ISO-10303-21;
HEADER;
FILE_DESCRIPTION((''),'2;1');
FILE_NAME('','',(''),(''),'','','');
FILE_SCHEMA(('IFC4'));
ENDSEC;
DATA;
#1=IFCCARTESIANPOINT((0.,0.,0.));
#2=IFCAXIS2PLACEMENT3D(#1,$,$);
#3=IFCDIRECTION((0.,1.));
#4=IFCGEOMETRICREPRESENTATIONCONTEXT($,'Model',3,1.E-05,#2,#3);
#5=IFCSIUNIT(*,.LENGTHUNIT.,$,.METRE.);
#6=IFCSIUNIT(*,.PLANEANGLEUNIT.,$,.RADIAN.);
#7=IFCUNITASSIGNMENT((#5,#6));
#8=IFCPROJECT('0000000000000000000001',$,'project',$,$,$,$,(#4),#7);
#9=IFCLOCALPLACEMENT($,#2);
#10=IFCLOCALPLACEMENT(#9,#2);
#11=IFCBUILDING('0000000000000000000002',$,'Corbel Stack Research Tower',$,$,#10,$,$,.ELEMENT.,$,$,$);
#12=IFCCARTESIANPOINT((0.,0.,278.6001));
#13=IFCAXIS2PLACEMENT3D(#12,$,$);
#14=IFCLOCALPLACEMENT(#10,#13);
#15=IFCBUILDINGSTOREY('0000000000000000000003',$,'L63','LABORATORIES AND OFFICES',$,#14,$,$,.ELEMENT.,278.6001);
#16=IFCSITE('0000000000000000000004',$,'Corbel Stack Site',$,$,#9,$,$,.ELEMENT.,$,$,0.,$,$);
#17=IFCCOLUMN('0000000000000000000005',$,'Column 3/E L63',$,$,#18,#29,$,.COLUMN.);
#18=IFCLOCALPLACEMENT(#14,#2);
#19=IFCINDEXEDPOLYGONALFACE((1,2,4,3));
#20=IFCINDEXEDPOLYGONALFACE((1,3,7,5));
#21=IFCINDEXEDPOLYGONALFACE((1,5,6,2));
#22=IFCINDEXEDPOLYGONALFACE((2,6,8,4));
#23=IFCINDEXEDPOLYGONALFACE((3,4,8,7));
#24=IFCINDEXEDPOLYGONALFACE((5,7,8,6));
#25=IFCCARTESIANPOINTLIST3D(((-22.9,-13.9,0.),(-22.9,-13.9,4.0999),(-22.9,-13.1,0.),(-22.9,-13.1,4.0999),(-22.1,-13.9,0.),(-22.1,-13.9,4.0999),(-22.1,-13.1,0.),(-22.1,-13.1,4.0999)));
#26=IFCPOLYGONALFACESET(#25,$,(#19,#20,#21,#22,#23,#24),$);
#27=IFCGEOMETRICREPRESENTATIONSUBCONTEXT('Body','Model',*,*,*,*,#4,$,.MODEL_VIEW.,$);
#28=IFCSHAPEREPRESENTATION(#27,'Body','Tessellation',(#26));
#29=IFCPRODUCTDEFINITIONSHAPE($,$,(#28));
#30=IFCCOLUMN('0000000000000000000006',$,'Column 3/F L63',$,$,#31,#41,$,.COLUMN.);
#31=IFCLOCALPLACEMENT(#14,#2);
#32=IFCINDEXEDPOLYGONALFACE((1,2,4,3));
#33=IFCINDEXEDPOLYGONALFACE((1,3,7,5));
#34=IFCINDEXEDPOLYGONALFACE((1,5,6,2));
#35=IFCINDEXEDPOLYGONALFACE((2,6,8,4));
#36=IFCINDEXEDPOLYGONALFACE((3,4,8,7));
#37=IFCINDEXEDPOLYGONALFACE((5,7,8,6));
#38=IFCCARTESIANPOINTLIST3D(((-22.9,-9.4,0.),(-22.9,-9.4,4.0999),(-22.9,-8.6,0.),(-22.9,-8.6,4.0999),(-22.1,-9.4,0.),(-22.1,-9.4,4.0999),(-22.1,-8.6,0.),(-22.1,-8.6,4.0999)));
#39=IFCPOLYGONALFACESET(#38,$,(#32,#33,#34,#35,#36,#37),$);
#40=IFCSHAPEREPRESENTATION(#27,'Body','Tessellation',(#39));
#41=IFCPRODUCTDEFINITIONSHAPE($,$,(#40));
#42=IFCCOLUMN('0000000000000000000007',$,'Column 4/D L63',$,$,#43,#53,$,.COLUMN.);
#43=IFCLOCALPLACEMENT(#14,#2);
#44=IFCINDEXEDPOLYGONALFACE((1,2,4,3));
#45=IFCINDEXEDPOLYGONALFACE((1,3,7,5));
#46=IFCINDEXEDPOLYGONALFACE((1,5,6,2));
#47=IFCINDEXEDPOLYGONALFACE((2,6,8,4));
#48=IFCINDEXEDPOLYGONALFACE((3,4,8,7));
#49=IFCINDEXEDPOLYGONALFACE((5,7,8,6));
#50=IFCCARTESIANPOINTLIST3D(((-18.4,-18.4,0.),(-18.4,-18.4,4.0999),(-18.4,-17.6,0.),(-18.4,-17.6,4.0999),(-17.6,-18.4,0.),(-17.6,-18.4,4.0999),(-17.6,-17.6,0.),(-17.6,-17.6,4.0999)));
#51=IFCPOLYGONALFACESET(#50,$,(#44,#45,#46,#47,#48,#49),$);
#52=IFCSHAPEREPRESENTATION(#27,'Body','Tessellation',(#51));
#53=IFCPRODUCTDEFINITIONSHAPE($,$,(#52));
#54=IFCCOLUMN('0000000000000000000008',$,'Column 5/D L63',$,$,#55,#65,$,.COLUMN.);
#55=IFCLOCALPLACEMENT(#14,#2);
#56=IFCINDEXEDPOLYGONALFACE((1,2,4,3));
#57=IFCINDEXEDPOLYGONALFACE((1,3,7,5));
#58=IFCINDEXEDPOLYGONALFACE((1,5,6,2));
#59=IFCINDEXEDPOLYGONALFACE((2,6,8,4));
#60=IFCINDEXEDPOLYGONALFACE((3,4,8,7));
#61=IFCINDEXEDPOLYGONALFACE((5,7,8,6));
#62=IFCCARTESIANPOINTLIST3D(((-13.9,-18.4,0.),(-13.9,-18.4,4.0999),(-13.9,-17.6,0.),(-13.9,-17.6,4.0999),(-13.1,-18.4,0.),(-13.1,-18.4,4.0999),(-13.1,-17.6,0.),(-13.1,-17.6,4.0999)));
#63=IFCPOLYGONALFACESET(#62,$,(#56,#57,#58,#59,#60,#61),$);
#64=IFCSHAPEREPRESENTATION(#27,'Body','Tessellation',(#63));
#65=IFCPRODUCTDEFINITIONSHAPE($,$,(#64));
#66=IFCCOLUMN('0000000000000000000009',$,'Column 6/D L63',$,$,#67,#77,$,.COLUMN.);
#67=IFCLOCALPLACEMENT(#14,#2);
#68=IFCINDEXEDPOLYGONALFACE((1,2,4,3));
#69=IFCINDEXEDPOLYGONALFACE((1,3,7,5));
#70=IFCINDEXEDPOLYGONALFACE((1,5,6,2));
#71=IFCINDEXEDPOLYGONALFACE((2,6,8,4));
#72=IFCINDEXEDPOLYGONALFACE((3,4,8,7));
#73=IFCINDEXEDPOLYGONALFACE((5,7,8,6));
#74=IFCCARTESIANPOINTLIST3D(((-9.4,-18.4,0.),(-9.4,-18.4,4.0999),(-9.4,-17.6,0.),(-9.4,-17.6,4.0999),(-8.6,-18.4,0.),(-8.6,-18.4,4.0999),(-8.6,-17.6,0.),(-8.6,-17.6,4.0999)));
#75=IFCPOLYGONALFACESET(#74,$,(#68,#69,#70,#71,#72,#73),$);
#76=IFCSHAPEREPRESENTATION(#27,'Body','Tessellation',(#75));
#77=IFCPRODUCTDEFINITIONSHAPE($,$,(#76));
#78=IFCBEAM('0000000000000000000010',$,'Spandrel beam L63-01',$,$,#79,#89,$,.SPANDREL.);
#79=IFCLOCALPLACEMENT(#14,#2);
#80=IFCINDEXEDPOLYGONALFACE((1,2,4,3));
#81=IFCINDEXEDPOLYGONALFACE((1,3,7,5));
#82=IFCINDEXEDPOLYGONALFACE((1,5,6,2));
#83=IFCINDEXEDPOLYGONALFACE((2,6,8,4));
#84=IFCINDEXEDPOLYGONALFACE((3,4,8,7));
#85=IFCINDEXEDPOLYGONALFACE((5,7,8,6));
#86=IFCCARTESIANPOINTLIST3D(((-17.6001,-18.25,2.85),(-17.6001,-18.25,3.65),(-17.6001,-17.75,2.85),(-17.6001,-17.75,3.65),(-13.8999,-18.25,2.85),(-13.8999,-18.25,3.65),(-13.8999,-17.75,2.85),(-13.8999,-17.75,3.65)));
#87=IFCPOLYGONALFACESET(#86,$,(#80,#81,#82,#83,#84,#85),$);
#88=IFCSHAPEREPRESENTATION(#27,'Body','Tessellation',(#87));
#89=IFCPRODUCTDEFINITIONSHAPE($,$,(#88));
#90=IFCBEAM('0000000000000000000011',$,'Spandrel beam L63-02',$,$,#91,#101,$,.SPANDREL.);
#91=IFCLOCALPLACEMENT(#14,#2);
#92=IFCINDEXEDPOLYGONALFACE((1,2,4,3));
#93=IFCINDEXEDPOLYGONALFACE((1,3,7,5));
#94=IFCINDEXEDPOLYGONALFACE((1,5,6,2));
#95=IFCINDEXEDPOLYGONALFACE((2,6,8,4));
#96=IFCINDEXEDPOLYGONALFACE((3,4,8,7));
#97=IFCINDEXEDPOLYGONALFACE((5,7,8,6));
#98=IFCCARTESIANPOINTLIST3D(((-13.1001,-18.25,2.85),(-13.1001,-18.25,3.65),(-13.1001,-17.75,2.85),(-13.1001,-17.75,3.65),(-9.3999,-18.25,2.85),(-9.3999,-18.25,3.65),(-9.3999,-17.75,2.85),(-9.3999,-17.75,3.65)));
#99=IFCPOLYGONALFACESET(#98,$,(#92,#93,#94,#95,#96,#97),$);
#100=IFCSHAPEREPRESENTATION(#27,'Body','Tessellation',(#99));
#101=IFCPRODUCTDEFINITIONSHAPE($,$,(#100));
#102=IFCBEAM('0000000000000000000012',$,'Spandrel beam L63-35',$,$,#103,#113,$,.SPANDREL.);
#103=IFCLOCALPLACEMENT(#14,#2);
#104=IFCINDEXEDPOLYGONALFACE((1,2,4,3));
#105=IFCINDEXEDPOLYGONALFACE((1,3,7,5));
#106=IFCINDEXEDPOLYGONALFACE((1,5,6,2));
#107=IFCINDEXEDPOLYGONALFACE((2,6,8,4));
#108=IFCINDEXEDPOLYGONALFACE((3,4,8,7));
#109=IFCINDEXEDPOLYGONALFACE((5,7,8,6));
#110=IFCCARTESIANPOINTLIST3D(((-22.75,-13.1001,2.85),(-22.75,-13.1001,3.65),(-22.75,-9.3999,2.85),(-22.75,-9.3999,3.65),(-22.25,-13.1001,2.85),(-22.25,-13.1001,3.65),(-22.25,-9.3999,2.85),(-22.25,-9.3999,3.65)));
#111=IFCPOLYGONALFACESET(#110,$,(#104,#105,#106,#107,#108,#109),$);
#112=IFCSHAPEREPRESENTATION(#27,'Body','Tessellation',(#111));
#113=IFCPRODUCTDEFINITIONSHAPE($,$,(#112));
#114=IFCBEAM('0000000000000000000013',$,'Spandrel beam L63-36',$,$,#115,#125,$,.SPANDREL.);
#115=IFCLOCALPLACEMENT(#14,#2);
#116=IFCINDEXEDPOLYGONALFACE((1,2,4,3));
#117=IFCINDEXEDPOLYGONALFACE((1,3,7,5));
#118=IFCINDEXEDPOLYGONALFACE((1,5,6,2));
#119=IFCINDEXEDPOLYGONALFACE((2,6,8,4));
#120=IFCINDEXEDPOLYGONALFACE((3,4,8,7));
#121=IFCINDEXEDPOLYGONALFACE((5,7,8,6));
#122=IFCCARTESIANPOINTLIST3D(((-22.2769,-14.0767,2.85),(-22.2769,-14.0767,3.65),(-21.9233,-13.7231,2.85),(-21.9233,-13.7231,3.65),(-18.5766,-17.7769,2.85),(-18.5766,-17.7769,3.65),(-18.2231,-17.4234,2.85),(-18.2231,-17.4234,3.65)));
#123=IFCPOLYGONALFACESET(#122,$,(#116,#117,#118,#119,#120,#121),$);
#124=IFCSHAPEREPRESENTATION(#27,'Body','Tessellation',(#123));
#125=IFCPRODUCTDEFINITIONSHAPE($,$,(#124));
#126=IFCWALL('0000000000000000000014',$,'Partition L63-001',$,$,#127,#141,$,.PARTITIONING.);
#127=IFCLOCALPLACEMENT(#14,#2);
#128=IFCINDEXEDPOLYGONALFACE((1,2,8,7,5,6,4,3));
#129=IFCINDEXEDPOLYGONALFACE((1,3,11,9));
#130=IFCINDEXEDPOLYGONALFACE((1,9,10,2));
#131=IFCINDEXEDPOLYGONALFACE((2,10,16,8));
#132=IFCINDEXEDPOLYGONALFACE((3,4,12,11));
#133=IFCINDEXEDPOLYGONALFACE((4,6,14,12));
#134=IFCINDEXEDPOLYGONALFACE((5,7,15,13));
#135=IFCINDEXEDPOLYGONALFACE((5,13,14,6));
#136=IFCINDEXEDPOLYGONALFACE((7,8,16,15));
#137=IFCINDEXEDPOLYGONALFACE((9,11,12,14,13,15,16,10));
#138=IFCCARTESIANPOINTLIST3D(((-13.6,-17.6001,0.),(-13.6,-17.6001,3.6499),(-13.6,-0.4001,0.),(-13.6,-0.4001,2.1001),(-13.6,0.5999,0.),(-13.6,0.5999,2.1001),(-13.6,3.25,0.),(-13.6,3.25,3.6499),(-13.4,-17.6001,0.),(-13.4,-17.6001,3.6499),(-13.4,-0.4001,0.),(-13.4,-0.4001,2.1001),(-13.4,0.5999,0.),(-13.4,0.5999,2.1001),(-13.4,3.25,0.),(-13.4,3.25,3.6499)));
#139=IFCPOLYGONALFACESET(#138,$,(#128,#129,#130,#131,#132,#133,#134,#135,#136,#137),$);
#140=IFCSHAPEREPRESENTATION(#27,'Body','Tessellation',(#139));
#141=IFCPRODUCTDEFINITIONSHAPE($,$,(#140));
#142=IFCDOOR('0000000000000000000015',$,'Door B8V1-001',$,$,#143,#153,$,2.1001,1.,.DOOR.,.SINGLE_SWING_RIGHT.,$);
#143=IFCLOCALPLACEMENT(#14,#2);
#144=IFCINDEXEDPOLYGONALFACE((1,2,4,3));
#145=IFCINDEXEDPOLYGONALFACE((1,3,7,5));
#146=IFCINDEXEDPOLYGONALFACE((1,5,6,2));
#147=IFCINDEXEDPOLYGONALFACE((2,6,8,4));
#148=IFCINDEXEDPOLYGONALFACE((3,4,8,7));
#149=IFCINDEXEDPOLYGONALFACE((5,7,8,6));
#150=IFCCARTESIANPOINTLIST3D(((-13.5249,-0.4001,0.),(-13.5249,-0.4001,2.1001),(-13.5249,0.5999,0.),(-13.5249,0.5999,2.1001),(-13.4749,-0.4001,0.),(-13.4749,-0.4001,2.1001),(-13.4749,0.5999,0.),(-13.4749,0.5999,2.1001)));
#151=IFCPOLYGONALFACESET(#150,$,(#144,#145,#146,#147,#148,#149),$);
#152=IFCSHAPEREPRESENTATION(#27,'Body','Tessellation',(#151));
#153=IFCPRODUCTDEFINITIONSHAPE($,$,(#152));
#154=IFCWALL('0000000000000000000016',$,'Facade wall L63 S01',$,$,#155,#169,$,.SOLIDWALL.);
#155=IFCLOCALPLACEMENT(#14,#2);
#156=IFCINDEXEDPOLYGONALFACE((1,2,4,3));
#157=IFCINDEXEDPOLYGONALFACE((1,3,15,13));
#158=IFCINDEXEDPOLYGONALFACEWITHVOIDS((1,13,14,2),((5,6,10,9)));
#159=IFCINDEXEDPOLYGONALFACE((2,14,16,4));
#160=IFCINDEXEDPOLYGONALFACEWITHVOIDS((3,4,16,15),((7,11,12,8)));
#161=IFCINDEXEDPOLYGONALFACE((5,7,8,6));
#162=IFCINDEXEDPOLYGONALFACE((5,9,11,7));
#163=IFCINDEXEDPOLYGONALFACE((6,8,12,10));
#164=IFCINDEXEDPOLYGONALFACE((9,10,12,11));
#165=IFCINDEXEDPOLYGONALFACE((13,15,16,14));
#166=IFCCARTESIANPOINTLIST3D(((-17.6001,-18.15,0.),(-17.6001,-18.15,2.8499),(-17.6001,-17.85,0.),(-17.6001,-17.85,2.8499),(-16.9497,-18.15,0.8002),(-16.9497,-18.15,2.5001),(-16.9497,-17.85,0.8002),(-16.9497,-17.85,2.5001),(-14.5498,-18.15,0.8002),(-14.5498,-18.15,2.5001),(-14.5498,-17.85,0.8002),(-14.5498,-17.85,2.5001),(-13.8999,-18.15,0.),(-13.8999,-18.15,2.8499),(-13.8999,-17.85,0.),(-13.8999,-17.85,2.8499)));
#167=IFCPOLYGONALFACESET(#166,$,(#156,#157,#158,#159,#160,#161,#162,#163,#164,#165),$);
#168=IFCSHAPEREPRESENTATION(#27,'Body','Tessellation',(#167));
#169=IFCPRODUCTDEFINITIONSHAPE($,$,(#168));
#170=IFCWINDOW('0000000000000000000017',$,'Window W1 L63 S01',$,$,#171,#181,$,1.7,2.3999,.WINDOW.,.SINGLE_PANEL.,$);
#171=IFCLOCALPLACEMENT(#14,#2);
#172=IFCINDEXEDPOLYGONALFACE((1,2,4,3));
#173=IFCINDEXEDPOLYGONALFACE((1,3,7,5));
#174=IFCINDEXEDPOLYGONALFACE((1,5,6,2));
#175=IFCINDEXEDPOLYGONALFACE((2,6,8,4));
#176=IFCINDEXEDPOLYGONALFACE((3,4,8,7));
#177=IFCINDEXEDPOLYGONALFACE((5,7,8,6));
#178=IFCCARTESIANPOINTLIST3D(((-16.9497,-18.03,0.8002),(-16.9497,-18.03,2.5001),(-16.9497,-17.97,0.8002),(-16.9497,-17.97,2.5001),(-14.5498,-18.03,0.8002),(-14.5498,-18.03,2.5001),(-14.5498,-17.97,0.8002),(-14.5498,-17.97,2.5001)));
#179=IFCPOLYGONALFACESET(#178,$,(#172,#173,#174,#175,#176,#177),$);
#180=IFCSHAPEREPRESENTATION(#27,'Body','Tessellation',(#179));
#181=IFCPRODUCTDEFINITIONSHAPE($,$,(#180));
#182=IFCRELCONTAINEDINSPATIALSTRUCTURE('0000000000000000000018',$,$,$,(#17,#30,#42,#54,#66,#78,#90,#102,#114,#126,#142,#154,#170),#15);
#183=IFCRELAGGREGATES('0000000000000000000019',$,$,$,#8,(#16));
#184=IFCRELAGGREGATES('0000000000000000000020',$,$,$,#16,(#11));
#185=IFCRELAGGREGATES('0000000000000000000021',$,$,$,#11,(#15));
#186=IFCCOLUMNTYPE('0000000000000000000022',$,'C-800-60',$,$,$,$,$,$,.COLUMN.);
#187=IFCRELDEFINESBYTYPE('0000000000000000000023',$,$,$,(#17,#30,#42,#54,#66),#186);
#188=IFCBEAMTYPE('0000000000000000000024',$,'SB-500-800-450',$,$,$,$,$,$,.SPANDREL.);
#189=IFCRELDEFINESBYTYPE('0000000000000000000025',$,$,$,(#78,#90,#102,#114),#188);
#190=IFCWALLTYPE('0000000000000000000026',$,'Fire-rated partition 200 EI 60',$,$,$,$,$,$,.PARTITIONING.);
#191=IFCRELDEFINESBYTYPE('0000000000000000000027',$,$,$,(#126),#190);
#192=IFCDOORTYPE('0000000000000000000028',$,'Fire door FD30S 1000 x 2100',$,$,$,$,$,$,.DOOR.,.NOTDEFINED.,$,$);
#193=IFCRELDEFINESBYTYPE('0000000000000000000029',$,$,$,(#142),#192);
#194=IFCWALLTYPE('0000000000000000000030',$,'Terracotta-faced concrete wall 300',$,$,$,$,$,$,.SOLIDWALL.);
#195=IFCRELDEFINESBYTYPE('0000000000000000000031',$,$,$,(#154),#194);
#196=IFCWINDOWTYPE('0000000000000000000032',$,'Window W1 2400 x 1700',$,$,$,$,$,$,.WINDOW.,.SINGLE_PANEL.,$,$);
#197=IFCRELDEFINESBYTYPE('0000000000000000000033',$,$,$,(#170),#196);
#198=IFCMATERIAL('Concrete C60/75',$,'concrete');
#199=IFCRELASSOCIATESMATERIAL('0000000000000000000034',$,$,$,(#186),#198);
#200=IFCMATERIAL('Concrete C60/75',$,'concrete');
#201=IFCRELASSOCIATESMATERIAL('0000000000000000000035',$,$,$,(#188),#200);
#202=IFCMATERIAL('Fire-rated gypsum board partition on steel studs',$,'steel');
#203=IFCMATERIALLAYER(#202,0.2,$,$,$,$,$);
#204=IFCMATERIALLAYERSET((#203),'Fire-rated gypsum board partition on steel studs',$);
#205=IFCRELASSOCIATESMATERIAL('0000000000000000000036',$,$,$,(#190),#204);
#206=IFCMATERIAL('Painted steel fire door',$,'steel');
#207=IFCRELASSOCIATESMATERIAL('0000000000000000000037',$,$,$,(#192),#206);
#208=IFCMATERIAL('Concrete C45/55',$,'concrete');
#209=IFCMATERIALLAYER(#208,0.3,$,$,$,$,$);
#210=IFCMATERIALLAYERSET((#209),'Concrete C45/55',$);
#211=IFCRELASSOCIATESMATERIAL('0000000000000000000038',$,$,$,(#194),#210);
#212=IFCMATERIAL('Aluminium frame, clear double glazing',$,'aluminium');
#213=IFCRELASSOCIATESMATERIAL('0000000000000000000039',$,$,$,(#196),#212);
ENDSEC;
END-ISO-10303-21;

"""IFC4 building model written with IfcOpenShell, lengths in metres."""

from ifc_helpers import new_model, si_unit, direction, frame, frame_2d, origin, origin_2d, place, context, subcontext, project, spatial, rectangle, extrude, material, layer, layer_set, material_profile, profile_set, type_object, element, fill, save


model = new_model("IFC4")

# Units and contexts
model_context = context("Model", 3, precision=1e-05, world=origin(), true_north=direction((0.0, 1.0)))
body_context = subcontext(model_context, "Body", "Model", "MODEL_VIEW")
ifc_project = project(units=[si_unit("LENGTHUNIT", "METRE"), si_unit("PLANEANGLEUNIT", "RADIAN")], contexts=[model_context])

# Site, building, storey
site_placement = place(None, origin())
site = spatial("IfcSite", under=ifc_project, at=site_placement, Name="Corbel Stack Site", CompositionType="ELEMENT", RefElevation=0.0)
building_placement = place(site_placement, origin())
building = spatial("IfcBuilding", under=site, at=building_placement, Name="Corbel Stack Research Tower", CompositionType="ELEMENT")
storey_placement = place(building_placement, frame((0.0, 0.0, 278.6001)))
storey = spatial("IfcBuildingStorey", under=building, at=storey_placement, Name="L63", Description="LABORATORIES AND OFFICES", CompositionType="ELEMENT", Elevation=278.6001)

# Columns
ifc_material_1 = material(Name="Concrete C60/75", Category="concrete")
ifc_material_profile_1 = material_profile(ifc_material_1, rectangle(XDim=0.8, YDim=0.8, at=origin_2d()), Name="RC 800 x 800")
ifc_profile_set_1 = profile_set([ifc_material_profile_1], Name="Concrete C60/75")
column_type = type_object("IfcColumnType", Name="C-800-60", PredefinedType="COLUMN", material=ifc_profile_set_1)
for number, where, z_axis, x_axis, name in (
    (1, (-22.5, -13.5, 0.0), (0.0, 0.0, 1.0), (1.0, 0.0, 0.0), "Column 3/E L63"),
    (2, (-22.5, -9.0, 0.0), (0.0, 0.0, 1.0), (1.0, 0.0, 0.0), "Column 3/F L63"),
    (3, (-18.0, -18.0, 0.0), (0.0, 0.0, 1.0), (1.0, 0.0, 0.0), "Column 4/D L63"),
    (4, (-13.5, -18.0, 0.0), (0.0, 0.0, 1.0), (1.0, 0.0, 0.0), "Column 5/D L63"),
    (5, (-9.0, -18.0, 0.0), (0.0, 0.0, 1.0), (1.0, 0.0, 0.0), "Column 6/D L63"),
):
    element("IfcColumn", number, at=place(storey_placement, frame(where, z_axis=z_axis, x_axis=x_axis)), inside=storey, type_object=column_type, Name=name, PredefinedType="COLUMN", context=body_context, shape_type="SweptSolid", body=[
        extrude(rectangle(XDim=0.8, YDim=0.8, at=origin_2d()), origin(), (0.0, 0.0, 1.0), 4.0999),
    ])

# Beams
ifc_material_2 = material(Name="Concrete C60/75", Category="concrete")
ifc_material_profile_2 = material_profile(ifc_material_2, rectangle(XDim=0.5, YDim=0.8, at=origin_2d()), Name="RC 500 x 800")
ifc_profile_set_2 = profile_set([ifc_material_profile_2], Name="Concrete C60/75")
beam_type = type_object("IfcBeamType", Name="SB-500-800-450", PredefinedType="SPANDREL", material=ifc_profile_set_2)
for number, where, z_axis, x_axis, name in (
    (6, (-17.6001, -18.0, 3.25), (1.0, 0.0, 0.0), (0.0, 1.0, 0.0), "Spandrel beam L63-01"),
    (7, (-13.1001, -18.0, 3.25), (1.0, 0.0, 0.0), (0.0, 1.0, 0.0), "Spandrel beam L63-02"),
    (8, (-22.5, -9.3999, 3.25), (0.0, -1.0, 0.0), (1.0, 0.0, 0.0), "Spandrel beam L63-35"),
):
    element("IfcBeam", number, at=place(storey_placement, frame(where, z_axis=z_axis, x_axis=x_axis)), inside=storey, type_object=beam_type, Name=name, PredefinedType="SPANDREL", context=body_context, shape_type="SweptSolid", body=[
        extrude(rectangle(XDim=0.5, YDim=0.8, at=origin_2d()), origin(), (0.0, 0.0, 1.0), 3.7002),
    ])
beam_placement = place(storey_placement, frame((-22.1001, -13.8999, 3.25), z_axis=(0.707107, -0.707107, 0.0), x_axis=(0.707107, 0.707107, 0.0)))
element("IfcBeam", 9, at=beam_placement, inside=storey, type_object=beam_type, Name="Spandrel beam L63-36", PredefinedType="SPANDREL", context=body_context, shape_type="SweptSolid", body=[
    extrude(rectangle(XDim=0.5, YDim=0.8, at=origin_2d()), origin(), (0.0, 0.0, 1.0), 5.2329),
])

# Wall, opening, door
ifc_material_3 = material(Name="Fire-rated gypsum board partition on steel studs", Category="steel")
ifc_layer_1 = layer(ifc_material_3, 0.2)
ifc_layer_set_1 = layer_set([ifc_layer_1], Name="Fire-rated gypsum board partition on steel studs")
wall_type_1 = type_object("IfcWallType", Name="Fire-rated partition 200 EI 60", PredefinedType="PARTITIONING", material=ifc_layer_set_1)
wall_1_placement = place(storey_placement, frame((-13.5, -17.6001, 0.0), z_axis=(0.0, 0.0, 1.0), x_axis=(0.0, 1.0, 0.0)))
wall_1 = element("IfcWall", 10, at=wall_1_placement, inside=storey, type_object=wall_type_1, Name="Partition L63-001", PredefinedType="PARTITIONING", context=body_context, shape_type="SweptSolid", body=[
    extrude(rectangle(XDim=20.8501, YDim=0.2, at=frame_2d((10.425, 0.0))), origin(), (0.0, 0.0, 1.0), 3.6499),
])
opening_1_placement = place(wall_1_placement, frame((17.2, 0.0, 0.0)))
opening_1 = element("IfcOpeningElement", 11, at=opening_1_placement, cuts=wall_1, PredefinedType="OPENING", context=body_context, shape_type="SweptSolid", body=[
    extrude(rectangle(XDim=1.0, YDim=2.1001, at=frame_2d((0.5, 1.05))), frame((0.0, 0.1099, 0.0), z_axis=(0.0, -1.0, 0.0), x_axis=(1.0, 0.0, 0.0)), (0.0, 0.0, 1.0), 0.22),
])
ifc_material_4 = material(Name="Painted steel fire door", Category="steel")
door_type_1 = type_object("IfcDoorType", Name="Fire door FD30S 1000 x 2100", OperationType="NOTDEFINED", PredefinedType="DOOR", material=ifc_material_4)
door_1_placement = place(opening_1_placement, origin())
door_1 = element("IfcDoor", 12, at=door_1_placement, inside=storey, type_object=door_type_1, Name="Door B8V1-001", OperationType="SINGLE_SWING_RIGHT", OverallHeight=2.1001, OverallWidth=1.0, PredefinedType="DOOR", context=body_context, shape_type="SweptSolid", body=[
    extrude(rectangle(XDim=1.0, YDim=2.1001, at=frame_2d((0.5, 1.05))), frame((0.0, 0.0249, 0.0), z_axis=(0.0, -1.0, 0.0), x_axis=(1.0, 0.0, 0.0)), (0.0, 0.0, 1.0), 0.05),
])
fill(opening_1, door_1)

# Wall, opening, window
ifc_material_5 = material(Name="Concrete C45/55", Category="concrete")
ifc_layer_2 = layer(ifc_material_5, 0.3)
ifc_layer_set_2 = layer_set([ifc_layer_2], Name="Concrete C45/55")
wall_type_2 = type_object("IfcWallType", Name="Terracotta-faced concrete wall 300", PredefinedType="SOLIDWALL", material=ifc_layer_set_2)
wall_2_placement = place(storey_placement, frame((-13.8999, -18.0, 0.0), z_axis=(0.0, 0.0, 1.0), x_axis=(-1.0, 0.0, 0.0)))
wall_2 = element("IfcWall", 13, at=wall_2_placement, inside=storey, type_object=wall_type_2, Name="Facade wall L63 S01", PredefinedType="SOLIDWALL", context=body_context, shape_type="SweptSolid", body=[
    extrude(rectangle(XDim=3.7002, YDim=0.3, at=frame_2d((1.8501, 0.0))), origin(), (0.0, 0.0, 1.0), 2.8499),
])
opening_2_placement = place(wall_2_placement, frame((0.6499, 0.0, 0.8)))
opening_2 = element("IfcOpeningElement", 14, at=opening_2_placement, cuts=wall_2, PredefinedType="OPENING", context=body_context, shape_type="SweptSolid", body=[
    extrude(rectangle(XDim=2.3999, YDim=1.7, at=frame_2d((1.2, 0.8501))), frame((0.0, 0.1599, 0.0), z_axis=(0.0, -1.0, 0.0), x_axis=(1.0, 0.0, 0.0)), (0.0, 0.0, 1.0), 0.3201),
])
ifc_material_6 = material(Name="Aluminium frame, clear double glazing", Category="aluminium")
window_type = type_object("IfcWindowType", Name="Window W1 2400 x 1700", PartitioningType="SINGLE_PANEL", PredefinedType="WINDOW", material=ifc_material_6)
window_1_placement = place(opening_2_placement, origin())
window_1 = element("IfcWindow", 15, at=window_1_placement, inside=storey, type_object=window_type, Name="Window W1 L63 S01", OverallHeight=1.7, OverallWidth=2.3999, PartitioningType="SINGLE_PANEL", PredefinedType="WINDOW", context=body_context, shape_type="SweptSolid", body=[
    extrude(rectangle(XDim=2.3999, YDim=1.7, at=frame_2d((1.2, 0.8501))), frame((0.0, 0.03, 0.0), z_axis=(0.0, -1.0, 0.0), x_axis=(1.0, 0.0, 0.0)), (0.0, 0.0, 1.0), 0.0601),
])
fill(opening_2, window_1)

save(model, "model.ifc")
